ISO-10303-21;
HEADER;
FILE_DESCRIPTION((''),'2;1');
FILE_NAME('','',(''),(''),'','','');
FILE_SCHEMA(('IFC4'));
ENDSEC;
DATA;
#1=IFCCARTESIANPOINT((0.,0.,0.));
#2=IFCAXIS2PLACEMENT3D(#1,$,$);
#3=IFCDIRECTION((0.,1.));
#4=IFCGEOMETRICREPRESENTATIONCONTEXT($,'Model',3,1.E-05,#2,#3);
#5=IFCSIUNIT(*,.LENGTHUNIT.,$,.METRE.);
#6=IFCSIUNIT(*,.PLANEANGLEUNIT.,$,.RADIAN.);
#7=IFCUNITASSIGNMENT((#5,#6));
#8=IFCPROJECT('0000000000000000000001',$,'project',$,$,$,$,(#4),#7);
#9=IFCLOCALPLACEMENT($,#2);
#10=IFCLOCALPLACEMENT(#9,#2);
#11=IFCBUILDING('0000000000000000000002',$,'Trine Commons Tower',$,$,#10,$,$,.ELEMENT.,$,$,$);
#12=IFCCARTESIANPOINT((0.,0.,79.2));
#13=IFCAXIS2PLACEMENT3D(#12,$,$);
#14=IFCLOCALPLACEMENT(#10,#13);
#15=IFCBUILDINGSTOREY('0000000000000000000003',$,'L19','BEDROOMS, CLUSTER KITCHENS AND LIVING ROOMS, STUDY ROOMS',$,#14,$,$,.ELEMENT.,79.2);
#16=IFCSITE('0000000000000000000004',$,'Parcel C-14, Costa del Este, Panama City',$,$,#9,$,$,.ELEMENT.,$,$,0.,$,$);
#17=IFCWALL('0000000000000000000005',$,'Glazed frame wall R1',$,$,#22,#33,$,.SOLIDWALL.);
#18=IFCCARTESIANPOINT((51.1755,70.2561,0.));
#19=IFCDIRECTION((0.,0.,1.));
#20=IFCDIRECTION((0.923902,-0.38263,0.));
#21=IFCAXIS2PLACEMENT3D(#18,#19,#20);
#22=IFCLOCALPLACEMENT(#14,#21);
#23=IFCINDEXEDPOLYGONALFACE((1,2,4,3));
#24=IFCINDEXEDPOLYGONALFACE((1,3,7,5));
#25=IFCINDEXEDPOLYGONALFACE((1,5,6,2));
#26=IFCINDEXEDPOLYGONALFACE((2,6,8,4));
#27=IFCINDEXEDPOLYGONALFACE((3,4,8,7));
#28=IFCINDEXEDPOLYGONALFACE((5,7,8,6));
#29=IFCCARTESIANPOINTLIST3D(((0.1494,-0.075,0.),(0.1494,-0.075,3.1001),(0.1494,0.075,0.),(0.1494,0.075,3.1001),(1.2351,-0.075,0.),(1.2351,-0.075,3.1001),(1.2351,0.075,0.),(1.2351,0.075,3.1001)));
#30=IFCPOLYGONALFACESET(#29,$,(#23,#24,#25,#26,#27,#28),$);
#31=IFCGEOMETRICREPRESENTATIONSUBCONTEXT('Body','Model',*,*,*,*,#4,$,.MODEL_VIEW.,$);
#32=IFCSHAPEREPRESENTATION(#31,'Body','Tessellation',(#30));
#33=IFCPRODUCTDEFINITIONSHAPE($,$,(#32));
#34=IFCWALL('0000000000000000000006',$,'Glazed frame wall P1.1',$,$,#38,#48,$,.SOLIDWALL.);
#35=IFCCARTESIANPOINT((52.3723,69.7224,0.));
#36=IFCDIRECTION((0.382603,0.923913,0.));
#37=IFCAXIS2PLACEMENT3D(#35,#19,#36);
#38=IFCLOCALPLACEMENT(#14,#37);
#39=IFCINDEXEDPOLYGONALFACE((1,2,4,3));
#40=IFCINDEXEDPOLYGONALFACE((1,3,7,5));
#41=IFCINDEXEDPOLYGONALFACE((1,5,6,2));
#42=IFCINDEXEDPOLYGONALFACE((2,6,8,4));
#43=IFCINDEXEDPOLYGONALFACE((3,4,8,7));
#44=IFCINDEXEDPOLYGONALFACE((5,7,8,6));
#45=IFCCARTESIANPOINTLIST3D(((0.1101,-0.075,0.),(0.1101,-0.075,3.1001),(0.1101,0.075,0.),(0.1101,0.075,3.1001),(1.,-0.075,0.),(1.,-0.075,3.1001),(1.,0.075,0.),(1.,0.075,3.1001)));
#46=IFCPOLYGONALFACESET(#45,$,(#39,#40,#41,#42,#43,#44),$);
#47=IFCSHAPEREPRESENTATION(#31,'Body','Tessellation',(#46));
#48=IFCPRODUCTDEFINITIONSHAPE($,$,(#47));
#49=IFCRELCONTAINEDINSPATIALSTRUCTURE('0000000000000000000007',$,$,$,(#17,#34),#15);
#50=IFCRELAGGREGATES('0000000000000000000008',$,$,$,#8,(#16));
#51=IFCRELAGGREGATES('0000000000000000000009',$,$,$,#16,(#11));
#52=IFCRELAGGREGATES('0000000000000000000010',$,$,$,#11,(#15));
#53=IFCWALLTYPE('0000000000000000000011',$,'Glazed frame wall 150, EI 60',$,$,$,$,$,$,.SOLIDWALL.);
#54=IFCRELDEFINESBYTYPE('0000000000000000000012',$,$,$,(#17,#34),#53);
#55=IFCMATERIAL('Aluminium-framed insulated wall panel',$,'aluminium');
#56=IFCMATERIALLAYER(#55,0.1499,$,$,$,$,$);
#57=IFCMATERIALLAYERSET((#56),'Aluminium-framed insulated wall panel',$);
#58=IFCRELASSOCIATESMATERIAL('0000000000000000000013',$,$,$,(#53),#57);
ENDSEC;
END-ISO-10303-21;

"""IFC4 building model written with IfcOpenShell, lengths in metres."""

from ifc_helpers import new_model, si_unit, direction, frame, origin, place, context, subcontext, project, spatial, polyline, outline, extrude, material, layer, layer_set, type_object, element, save


model = new_model("IFC4")

# Units and contexts
model_context = context("Model", 3, precision=1e-05, world=origin(), true_north=direction((0.0, 1.0)))
body_context = subcontext(model_context, "Body", "Model", "MODEL_VIEW")
ifc_project = project(units=[si_unit("LENGTHUNIT", "METRE"), si_unit("PLANEANGLEUNIT", "RADIAN")], contexts=[model_context])

# Site, building, storey
site_placement = place(None, origin())
site = spatial("IfcSite", under=ifc_project, at=site_placement, Name="Parcel C-14, Costa del Este, Panama City", CompositionType="ELEMENT", RefElevation=0.0)
building_placement = place(site_placement, origin())
building = spatial("IfcBuilding", under=site, at=building_placement, Name="Trine Commons Tower", CompositionType="ELEMENT")
storey_placement = place(building_placement, frame((0.0, 0.0, 79.2)))
storey = spatial("IfcBuildingStorey", under=building, at=storey_placement, Name="L19", Description="BEDROOMS, CLUSTER KITCHENS AND LIVING ROOMS, STUDY ROOMS", CompositionType="ELEMENT", Elevation=79.2)

# Walls
ifc_material_1 = material(Name="Aluminium-framed insulated wall panel", Category="aluminium")
ifc_layer_1 = layer(ifc_material_1, 0.1499)
ifc_layer_set_1 = layer_set([ifc_layer_1], Name="Aluminium-framed insulated wall panel")
wall_type_1 = type_object("IfcWallType", Name="Glazed frame wall 150, EI 60", PredefinedType="SOLIDWALL", material=ifc_layer_set_1)
wall_1_placement = place(storey_placement, frame((51.1755, 70.2561, 0.0), z_axis=(0.0, 0.0, 1.0), x_axis=(0.923902, -0.38263, 0.0)))
element("IfcWall", 1, at=wall_1_placement, inside=storey, type_object=wall_type_1, Name="Glazed frame wall R1", PredefinedType="SOLIDWALL", context=body_context, shape_type="SweptSolid", body=[
    extrude(outline(polyline([(0.1494, 0.075), (0.1494, -0.075), (1.2351, -0.075), (1.2351, 0.075), (0.1494, 0.075)])), origin(), (0.0, 0.0, 1.0), 3.1001),
])
wall_2_placement = place(storey_placement, frame((52.3723, 69.7224, 0.0), z_axis=(0.0, 0.0, 1.0), x_axis=(0.382603, 0.923913, 0.0)))
element("IfcWall", 2, at=wall_2_placement, inside=storey, type_object=wall_type_1, Name="Glazed frame wall P1.1", PredefinedType="SOLIDWALL", context=body_context, shape_type="SweptSolid", body=[
    extrude(outline(polyline([(0.1101, -0.075), (1.0, -0.075), (1.0, 0.075), (0.1101, 0.075), (0.1101, -0.075)])), origin(), (0.0, 0.0, 1.0), 3.1001),
])

save(model, "model.ifc")
